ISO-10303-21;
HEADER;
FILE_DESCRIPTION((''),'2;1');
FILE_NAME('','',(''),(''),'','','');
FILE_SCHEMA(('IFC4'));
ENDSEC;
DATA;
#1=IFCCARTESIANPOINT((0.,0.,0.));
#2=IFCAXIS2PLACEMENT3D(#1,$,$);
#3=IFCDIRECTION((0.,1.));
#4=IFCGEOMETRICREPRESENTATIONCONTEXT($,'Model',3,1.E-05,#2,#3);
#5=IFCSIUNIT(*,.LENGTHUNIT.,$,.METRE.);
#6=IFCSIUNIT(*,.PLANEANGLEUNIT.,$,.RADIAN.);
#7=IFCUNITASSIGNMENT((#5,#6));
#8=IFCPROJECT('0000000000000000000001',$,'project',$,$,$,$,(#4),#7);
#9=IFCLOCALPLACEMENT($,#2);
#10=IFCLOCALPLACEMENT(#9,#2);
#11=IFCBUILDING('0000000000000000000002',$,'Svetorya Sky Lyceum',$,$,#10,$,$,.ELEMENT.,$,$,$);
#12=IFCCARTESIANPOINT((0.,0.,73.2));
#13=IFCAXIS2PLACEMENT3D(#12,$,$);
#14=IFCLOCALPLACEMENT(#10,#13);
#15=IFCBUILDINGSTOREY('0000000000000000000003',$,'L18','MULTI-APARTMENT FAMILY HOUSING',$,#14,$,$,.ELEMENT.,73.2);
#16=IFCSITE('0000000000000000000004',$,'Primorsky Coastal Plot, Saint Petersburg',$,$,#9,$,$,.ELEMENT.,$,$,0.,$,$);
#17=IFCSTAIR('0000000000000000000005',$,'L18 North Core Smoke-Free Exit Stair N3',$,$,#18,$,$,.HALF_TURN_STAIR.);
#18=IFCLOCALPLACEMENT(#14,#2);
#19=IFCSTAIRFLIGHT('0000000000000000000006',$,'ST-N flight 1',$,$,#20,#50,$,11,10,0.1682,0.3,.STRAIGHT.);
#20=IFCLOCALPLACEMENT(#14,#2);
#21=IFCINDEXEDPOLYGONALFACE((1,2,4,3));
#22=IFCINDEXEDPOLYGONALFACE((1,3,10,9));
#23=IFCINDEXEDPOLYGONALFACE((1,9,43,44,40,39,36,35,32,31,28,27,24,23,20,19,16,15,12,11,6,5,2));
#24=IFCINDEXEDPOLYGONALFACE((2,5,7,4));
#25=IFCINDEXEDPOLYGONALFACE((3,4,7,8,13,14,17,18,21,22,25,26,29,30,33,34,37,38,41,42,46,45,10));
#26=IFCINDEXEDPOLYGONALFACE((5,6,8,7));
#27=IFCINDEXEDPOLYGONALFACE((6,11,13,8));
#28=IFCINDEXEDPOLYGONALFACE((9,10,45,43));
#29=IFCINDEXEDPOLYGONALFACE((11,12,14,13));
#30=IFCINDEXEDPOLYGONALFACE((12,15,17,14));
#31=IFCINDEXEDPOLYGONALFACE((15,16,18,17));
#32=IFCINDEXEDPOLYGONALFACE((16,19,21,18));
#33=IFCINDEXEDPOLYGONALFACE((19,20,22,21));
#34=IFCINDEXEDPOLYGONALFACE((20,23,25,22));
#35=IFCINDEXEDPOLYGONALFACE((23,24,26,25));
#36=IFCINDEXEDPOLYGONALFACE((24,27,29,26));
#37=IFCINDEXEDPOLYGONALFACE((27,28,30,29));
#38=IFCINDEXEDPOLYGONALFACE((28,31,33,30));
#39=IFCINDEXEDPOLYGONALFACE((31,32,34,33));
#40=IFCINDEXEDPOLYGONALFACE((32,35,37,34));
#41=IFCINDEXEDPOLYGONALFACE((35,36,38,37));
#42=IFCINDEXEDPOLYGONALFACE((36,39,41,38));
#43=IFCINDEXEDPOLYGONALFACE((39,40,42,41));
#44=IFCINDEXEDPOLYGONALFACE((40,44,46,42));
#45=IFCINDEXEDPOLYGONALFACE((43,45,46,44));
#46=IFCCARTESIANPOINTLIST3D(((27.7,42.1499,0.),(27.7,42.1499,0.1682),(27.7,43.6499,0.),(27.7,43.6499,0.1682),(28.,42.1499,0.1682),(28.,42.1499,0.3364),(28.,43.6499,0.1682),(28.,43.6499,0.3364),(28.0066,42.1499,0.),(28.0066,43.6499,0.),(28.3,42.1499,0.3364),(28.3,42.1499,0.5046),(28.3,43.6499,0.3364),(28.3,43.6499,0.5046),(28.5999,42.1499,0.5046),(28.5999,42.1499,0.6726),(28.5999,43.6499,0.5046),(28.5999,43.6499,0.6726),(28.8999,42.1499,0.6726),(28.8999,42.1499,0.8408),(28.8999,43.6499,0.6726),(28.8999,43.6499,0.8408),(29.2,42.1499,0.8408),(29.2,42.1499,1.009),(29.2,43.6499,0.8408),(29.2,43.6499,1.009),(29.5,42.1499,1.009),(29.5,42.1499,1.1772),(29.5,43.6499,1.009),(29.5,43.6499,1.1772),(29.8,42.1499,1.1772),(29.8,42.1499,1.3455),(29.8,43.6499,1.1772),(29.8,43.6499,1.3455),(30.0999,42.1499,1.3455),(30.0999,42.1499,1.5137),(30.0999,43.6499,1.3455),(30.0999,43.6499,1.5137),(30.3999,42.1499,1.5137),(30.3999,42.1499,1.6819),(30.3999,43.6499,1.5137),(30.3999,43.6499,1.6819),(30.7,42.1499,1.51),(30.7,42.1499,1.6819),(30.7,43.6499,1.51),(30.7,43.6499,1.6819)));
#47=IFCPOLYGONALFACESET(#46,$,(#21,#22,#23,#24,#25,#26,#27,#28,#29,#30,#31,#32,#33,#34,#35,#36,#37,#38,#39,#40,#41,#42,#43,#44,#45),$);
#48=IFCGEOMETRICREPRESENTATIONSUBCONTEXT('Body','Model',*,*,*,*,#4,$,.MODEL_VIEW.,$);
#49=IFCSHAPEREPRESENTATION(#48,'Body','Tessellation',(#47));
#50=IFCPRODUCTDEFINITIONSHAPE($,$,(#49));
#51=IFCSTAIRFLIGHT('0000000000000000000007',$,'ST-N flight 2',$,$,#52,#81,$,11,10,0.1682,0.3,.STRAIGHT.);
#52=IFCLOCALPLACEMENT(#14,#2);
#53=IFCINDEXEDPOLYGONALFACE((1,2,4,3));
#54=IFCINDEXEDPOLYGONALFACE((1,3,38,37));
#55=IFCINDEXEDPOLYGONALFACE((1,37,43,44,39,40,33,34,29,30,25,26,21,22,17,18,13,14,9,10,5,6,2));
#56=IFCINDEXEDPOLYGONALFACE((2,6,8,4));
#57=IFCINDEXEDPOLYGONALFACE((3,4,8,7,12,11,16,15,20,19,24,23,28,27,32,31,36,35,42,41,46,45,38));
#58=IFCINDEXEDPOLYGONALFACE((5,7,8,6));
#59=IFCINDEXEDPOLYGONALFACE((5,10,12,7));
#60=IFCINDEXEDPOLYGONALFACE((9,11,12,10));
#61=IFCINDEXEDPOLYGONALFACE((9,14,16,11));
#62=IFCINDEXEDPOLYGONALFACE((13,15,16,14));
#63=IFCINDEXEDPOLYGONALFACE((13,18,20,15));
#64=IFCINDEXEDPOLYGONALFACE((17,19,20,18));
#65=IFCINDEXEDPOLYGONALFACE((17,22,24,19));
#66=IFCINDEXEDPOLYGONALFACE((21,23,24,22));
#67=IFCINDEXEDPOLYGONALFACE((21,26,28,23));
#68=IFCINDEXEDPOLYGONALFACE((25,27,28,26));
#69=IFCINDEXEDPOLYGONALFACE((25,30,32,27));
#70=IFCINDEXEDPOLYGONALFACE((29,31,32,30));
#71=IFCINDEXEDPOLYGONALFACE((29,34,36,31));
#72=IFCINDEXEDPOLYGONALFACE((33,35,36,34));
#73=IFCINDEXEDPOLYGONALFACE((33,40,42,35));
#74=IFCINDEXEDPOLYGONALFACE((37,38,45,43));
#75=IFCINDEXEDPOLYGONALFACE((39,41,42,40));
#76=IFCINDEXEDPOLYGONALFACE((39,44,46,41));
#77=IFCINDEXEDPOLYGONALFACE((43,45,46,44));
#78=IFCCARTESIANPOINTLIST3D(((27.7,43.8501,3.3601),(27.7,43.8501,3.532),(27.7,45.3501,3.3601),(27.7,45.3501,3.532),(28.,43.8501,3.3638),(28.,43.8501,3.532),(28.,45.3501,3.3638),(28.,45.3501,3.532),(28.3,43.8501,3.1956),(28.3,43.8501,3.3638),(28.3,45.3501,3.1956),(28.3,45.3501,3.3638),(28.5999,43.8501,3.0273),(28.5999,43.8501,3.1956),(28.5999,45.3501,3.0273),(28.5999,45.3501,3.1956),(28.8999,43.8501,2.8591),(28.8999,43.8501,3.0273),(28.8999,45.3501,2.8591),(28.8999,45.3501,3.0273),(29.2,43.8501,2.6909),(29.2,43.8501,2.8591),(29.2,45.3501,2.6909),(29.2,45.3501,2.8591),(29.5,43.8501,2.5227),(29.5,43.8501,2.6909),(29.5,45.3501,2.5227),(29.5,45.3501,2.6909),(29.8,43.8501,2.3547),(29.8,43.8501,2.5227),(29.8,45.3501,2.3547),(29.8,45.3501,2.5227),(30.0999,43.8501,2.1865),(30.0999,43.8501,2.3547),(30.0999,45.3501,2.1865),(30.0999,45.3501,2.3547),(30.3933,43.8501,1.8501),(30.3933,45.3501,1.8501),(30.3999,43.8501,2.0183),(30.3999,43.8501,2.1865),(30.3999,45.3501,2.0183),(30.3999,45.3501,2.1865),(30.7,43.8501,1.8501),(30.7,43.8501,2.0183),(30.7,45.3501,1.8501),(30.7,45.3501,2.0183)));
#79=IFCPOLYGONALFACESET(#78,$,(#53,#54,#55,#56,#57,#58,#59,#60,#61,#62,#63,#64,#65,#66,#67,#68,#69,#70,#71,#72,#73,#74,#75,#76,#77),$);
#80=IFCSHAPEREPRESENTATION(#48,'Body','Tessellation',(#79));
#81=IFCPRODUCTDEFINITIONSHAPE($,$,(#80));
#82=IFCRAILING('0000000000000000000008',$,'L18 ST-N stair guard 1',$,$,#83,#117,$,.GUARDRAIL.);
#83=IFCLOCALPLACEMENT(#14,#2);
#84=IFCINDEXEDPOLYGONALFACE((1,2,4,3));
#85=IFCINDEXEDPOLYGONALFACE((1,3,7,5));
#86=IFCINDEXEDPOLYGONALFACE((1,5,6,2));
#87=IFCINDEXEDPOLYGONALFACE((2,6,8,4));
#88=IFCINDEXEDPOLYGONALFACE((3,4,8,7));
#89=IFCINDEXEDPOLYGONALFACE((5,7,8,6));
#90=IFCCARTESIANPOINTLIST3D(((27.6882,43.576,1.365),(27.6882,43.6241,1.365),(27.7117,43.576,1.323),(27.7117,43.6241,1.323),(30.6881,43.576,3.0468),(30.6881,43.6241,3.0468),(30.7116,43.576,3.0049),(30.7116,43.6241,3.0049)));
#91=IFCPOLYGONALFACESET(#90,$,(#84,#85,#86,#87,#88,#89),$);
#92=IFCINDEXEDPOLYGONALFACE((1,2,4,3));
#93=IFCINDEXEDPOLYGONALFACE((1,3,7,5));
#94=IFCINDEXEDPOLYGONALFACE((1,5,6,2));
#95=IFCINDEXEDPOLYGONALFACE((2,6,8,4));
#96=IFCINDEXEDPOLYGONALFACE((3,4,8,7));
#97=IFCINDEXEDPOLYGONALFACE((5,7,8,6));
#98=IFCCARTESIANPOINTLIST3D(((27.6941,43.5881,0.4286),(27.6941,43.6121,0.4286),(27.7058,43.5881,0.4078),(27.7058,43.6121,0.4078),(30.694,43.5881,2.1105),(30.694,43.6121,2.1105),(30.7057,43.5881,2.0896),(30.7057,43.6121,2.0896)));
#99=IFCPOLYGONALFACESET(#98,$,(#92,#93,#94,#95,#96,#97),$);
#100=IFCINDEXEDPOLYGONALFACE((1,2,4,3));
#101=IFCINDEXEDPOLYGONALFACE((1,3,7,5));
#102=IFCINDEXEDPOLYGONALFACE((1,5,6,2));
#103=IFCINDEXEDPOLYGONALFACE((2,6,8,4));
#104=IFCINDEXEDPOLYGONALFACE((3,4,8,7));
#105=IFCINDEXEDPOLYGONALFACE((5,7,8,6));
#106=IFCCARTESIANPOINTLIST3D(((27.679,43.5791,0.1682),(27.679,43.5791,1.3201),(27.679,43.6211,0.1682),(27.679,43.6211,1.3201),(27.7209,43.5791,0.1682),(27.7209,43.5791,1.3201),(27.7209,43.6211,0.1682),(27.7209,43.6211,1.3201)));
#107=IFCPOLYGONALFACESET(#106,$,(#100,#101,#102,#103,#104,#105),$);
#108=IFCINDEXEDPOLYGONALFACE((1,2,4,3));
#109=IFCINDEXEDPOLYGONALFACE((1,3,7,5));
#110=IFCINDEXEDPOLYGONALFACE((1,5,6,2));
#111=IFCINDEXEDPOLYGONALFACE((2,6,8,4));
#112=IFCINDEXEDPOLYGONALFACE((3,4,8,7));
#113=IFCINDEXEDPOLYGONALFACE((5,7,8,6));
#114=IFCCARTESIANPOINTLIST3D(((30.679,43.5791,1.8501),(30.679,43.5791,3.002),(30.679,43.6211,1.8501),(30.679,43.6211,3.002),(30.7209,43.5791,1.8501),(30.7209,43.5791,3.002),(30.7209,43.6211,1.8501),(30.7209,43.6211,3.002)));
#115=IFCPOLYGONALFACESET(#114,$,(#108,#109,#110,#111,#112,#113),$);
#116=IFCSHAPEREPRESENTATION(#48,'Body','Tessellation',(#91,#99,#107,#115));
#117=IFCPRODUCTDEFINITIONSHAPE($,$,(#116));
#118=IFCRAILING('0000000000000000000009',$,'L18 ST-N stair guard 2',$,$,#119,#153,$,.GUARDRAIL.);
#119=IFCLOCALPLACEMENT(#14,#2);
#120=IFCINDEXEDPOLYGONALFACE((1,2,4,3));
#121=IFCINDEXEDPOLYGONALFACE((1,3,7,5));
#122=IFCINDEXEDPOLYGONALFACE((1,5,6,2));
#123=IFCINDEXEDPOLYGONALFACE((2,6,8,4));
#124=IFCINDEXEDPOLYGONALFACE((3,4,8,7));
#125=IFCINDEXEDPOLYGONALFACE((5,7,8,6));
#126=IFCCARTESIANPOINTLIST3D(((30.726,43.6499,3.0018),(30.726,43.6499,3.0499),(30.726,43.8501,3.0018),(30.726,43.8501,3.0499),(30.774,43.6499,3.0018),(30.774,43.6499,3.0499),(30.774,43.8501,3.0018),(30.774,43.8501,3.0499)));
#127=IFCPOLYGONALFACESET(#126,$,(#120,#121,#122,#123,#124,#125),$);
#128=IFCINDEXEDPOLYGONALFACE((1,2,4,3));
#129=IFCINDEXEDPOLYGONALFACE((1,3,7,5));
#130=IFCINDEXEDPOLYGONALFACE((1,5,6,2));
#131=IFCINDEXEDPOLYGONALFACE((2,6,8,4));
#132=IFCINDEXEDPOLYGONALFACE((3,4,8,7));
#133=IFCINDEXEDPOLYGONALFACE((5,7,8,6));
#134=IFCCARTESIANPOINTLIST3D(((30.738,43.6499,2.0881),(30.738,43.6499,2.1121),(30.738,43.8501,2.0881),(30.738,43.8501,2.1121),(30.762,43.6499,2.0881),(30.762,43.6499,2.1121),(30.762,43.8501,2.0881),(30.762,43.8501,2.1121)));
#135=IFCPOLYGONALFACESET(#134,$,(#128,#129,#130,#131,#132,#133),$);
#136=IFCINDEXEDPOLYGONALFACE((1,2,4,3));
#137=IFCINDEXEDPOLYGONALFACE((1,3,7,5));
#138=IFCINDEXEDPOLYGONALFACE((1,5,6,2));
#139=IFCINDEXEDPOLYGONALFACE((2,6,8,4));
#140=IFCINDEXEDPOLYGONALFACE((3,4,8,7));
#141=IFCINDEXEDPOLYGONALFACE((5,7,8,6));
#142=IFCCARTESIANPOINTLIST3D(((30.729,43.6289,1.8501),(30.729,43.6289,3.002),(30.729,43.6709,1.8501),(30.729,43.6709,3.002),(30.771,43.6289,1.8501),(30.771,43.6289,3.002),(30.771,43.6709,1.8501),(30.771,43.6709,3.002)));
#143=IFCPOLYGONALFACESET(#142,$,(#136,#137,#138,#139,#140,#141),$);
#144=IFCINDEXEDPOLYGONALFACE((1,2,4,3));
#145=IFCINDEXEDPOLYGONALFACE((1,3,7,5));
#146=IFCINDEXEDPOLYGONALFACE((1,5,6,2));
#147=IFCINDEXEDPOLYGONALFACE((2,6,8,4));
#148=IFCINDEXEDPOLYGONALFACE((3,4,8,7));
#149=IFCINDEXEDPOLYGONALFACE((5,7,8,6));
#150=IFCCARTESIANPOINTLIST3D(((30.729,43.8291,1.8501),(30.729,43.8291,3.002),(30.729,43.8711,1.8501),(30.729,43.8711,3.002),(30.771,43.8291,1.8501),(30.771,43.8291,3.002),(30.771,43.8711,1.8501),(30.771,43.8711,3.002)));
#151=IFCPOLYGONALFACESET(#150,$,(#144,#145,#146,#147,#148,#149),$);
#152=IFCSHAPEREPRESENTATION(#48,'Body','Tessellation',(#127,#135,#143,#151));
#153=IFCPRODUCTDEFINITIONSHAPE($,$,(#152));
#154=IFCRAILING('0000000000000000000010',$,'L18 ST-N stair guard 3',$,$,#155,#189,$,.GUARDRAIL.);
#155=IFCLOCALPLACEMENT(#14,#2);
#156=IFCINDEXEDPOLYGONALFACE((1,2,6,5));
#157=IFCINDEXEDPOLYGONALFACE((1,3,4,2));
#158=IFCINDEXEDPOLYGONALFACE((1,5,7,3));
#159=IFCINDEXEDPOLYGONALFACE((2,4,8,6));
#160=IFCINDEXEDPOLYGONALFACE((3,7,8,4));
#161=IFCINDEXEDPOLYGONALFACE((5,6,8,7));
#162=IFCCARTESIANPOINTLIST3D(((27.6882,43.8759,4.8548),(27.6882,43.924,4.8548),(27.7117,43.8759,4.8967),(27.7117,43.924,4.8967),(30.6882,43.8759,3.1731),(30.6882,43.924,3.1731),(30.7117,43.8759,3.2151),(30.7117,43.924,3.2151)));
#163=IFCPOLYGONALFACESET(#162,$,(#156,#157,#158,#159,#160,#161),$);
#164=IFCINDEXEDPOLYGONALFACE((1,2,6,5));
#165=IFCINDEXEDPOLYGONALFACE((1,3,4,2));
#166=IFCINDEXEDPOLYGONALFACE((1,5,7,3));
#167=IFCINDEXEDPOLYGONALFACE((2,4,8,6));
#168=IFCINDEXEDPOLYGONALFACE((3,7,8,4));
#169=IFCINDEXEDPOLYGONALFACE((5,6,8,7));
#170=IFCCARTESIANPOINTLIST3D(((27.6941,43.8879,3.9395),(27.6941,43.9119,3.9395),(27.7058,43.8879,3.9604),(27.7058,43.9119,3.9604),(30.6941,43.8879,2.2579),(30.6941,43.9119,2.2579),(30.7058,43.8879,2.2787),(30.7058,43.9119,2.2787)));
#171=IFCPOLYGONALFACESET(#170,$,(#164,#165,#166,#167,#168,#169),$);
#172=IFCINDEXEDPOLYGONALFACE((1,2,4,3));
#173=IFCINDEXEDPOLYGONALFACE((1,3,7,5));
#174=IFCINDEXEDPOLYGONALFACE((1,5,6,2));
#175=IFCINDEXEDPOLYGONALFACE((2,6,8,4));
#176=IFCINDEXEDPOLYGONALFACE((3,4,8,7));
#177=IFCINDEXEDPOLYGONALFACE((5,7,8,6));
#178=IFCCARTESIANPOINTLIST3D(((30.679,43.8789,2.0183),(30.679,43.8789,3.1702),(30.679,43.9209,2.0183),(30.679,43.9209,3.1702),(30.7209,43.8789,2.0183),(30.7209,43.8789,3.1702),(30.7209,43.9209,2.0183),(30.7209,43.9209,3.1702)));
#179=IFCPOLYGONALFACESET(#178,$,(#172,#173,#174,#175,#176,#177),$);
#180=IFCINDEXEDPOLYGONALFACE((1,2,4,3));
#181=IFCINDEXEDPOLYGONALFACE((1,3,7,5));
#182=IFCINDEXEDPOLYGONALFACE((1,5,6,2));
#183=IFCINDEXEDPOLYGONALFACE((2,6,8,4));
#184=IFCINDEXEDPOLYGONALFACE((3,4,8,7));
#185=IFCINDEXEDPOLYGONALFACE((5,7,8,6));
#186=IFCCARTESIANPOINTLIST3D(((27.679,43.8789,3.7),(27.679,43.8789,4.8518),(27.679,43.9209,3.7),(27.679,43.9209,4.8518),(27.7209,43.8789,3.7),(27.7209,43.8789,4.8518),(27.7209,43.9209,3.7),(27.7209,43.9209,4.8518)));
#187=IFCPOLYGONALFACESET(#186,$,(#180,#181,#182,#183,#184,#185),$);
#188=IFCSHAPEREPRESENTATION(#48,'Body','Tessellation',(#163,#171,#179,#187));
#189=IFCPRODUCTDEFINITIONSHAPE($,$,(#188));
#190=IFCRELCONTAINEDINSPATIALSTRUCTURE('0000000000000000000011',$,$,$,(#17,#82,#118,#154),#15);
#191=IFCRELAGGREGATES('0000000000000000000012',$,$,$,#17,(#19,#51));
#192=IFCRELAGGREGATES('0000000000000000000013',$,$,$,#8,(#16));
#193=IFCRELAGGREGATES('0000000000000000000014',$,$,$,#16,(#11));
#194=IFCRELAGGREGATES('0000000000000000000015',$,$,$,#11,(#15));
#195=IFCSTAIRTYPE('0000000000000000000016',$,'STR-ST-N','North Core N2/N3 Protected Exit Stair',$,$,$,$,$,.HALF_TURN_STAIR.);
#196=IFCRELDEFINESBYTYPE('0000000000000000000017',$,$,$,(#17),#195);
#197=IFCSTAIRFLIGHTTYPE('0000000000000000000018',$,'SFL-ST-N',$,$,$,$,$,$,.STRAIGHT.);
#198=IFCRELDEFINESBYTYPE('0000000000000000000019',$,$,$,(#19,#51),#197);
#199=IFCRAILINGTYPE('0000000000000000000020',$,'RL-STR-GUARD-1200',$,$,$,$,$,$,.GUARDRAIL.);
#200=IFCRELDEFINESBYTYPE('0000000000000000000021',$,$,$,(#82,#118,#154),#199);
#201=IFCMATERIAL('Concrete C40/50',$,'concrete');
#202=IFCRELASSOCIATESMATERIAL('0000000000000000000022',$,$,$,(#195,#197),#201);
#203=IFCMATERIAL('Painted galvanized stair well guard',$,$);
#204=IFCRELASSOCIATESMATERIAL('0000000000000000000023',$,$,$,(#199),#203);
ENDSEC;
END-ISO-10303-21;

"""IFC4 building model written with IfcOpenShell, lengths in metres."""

from ifc_helpers import new_model, si_unit, direction, frame, origin, origin_2d, place, context, subcontext, project, spatial, polyline, rectangle, outline, extrude, material, type_object, element, aggregate, save


model = new_model("IFC4")

# Units and contexts
model_context = context("Model", 3, precision=1e-05, world=origin(), true_north=direction((0.0, 1.0)))
body_context = subcontext(model_context, "Body", "Model", "MODEL_VIEW")
ifc_project = project(units=[si_unit("LENGTHUNIT", "METRE"), si_unit("PLANEANGLEUNIT", "RADIAN")], contexts=[model_context])

# Site, building, storey
site_placement = place(None, origin())
site = spatial("IfcSite", under=ifc_project, at=site_placement, Name="Primorsky Coastal Plot, Saint Petersburg", CompositionType="ELEMENT", RefElevation=0.0)
building_placement = place(site_placement, origin())
building = spatial("IfcBuilding", under=site, at=building_placement, Name="Svetorya Sky Lyceum", CompositionType="ELEMENT")
storey_placement = place(building_placement, frame((0.0, 0.0, 73.2)))
storey = spatial("IfcBuildingStorey", under=building, at=storey_placement, Name="L18", Description="MULTI-APARTMENT FAMILY HOUSING", CompositionType="ELEMENT", Elevation=73.2)

# Stair, stair flights
ifc_material_1 = material(Name="Concrete C40/50", Category="concrete")
stair_type = type_object("IfcStairType", Name="STR-ST-N", Description="North Core N2/N3 Protected Exit Stair", PredefinedType="HALF_TURN_STAIR", material=ifc_material_1)
stair_placement = place(storey_placement, origin())
stair = element("IfcStair", 1, at=stair_placement, inside=storey, type_object=stair_type, Name="L18 North Core Smoke-Free Exit Stair N3", PredefinedType="HALF_TURN_STAIR")
stair_flight_type = type_object("IfcStairFlightType", Name="SFL-ST-N", PredefinedType="STRAIGHT", material=ifc_material_1)
stair_flight_1_placement = place(storey_placement, frame((27.7, 42.8999, 0.0), z_axis=(0.0, 0.0, 1.0), x_axis=(1.0, 0.0, 0.0)))
stair_flight_1 = element("IfcStairFlight", 2, at=stair_flight_1_placement, type_object=stair_flight_type, Name="ST-N flight 1", NumberOfRisers=11, NumberOfTreads=10, PredefinedType="STRAIGHT", RiserHeight=0.1682, TreadLength=0.3, context=body_context, shape_type="SweptSolid", body=[
    extrude(outline(polyline([(0.0, 0.0), (0.0, 0.1682), (0.3, 0.1682), (0.3, 0.3364), (0.6001, 0.3364), (0.6001, 0.5046), (0.8999, 0.5046), (0.8999, 0.6726), (1.2, 0.6726), (1.2, 0.8408), (1.5, 0.8408), (1.5, 1.009), (1.8, 1.009), (1.8, 1.1772), (2.1001, 1.1772), (2.1001, 1.3455), (2.3999, 1.3455), (2.3999, 1.5137), (2.7, 1.5137), (2.7, 1.6819), (3.0, 1.6819), (3.0, 1.8501), (3.0, 1.51), (0.3066, 0.0), (0.0, 0.0)])), frame((0.0, 0.75, 0.0), z_axis=(0.0, -1.0, 0.0), x_axis=(1.0, 0.0, 0.0)), (0.0, 0.0, 1.0), 1.5),
])
stair_flight_2_placement = place(storey_placement, frame((30.7, 44.6001, 1.8501), z_axis=(0.0, 0.0, 1.0), x_axis=(-1.0, 0.0, 0.0)))
stair_flight_2 = element("IfcStairFlight", 3, at=stair_flight_2_placement, type_object=stair_flight_type, Name="ST-N flight 2", NumberOfRisers=11, NumberOfTreads=10, PredefinedType="STRAIGHT", RiserHeight=0.1682, TreadLength=0.3, context=body_context, shape_type="SweptSolid", body=[
    extrude(outline(polyline([(0.0, 0.0), (0.0, 0.1682), (0.3, 0.1682), (0.3, 0.3364), (0.6001, 0.3364), (0.6001, 0.5046), (0.8999, 0.5046), (0.8999, 0.6726), (1.2, 0.6726), (1.2, 0.8408), (1.5, 0.8408), (1.5, 1.009), (1.8, 1.009), (1.8, 1.1772), (2.1001, 1.1772), (2.1001, 1.3455), (2.3999, 1.3455), (2.3999, 1.5137), (2.7, 1.5137), (2.7, 1.6819), (3.0, 1.6819), (3.0, 1.8501), (3.0, 1.51), (0.3066, 0.0), (0.0, 0.0)])), frame((0.0, 0.75, 0.0), z_axis=(0.0, -1.0, 0.0), x_axis=(1.0, 0.0, 0.0)), (0.0, 0.0, 1.0), 1.5),
])
aggregate(stair, [stair_flight_1, stair_flight_2])

# Railings
ifc_material_2 = material(Name="Painted galvanized stair well guard")
railing_type_1 = type_object("IfcRailingType", Name="RL-STR-GUARD-1200", PredefinedType="GUARDRAIL", material=ifc_material_2)
railing_1_placement = place(storey_placement, frame((27.7, 43.6001, 0.1682)))
element("IfcRailing", 4, at=railing_1_placement, inside=storey, type_object=railing_type_1, Name="L18 ST-N stair guard 1", PredefinedType="GUARDRAIL", context=body_context, shape_type="SweptSolid", body=[
    extrude(rectangle(XDim=0.0481, YDim=0.0481, at=origin_2d()), frame((0.0, 0.0, 1.1758), z_axis=(0.872272, 0.0, 0.48902), x_axis=(0.0, 1.0, 0.0)), (0.0, 0.0, 1.0), 3.4392),
    extrude(rectangle(XDim=0.0239, YDim=0.0239, at=origin_2d()), frame((0.0, 0.0, 0.25), z_axis=(0.872272, 0.0, 0.48902), x_axis=(0.0, 1.0, 0.0)), (0.0, 0.0, 1.0), 3.4392),
    extrude(rectangle(XDim=0.042, YDim=0.042, at=origin_2d()), origin(), (0.0, 0.0, 1.0), 1.1519),
    extrude(rectangle(XDim=0.042, YDim=0.042, at=origin_2d()), frame((3.0, 0.0, 1.6819)), (0.0, 0.0, 1.0), 1.1519),
])
railing_2_placement = place(storey_placement, frame((30.75, 43.6499, 1.8501)))
element("IfcRailing", 5, at=railing_2_placement, inside=storey, type_object=railing_type_1, Name="L18 ST-N stair guard 2", PredefinedType="GUARDRAIL", context=body_context, shape_type="SweptSolid", body=[
    extrude(rectangle(XDim=0.0481, YDim=0.0481, at=origin_2d()), frame((0.0, 0.0, 1.1758), z_axis=(0.0, 1.0, 0.0), x_axis=(-1.0, 0.0, 0.0)), (0.0, 0.0, 1.0), 0.2002),
    extrude(rectangle(XDim=0.0239, YDim=0.0239, at=origin_2d()), frame((0.0, 0.0, 0.25), z_axis=(0.0, 1.0, 0.0), x_axis=(-1.0, 0.0, 0.0)), (0.0, 0.0, 1.0), 0.2002),
    extrude(rectangle(XDim=0.042, YDim=0.042, at=origin_2d()), origin(), (0.0, 0.0, 1.0), 1.1519),
    extrude(rectangle(XDim=0.042, YDim=0.042, at=origin_2d()), frame((0.0, 0.2002, 0.0)), (0.0, 0.0, 1.0), 1.1519),
])
railing_3_placement = place(storey_placement, frame((30.7, 43.8999, 2.0183)))
element("IfcRailing", 6, at=railing_3_placement, inside=storey, type_object=railing_type_1, Name="L18 ST-N stair guard 3", PredefinedType="GUARDRAIL", context=body_context, shape_type="SweptSolid", body=[
    extrude(rectangle(XDim=0.0481, YDim=0.0481, at=origin_2d()), frame((0.0, 0.0, 1.1758), z_axis=(-0.872303, 0.0, 0.488966), x_axis=(0.0, -1.0, 0.0)), (0.0, 0.0, 1.0), 3.4392),
    extrude(rectangle(XDim=0.0239, YDim=0.0239, at=origin_2d()), frame((0.0, 0.0, 0.25), z_axis=(-0.872303, 0.0, 0.488966), x_axis=(0.0, -1.0, 0.0)), (0.0, 0.0, 1.0), 3.4392),
    extrude(rectangle(XDim=0.042, YDim=0.042, at=origin_2d()), origin(), (0.0, 0.0, 1.0), 1.1519),
    extrude(rectangle(XDim=0.042, YDim=0.042, at=origin_2d()), frame((-3.0, 0.0, 1.6816)), (0.0, 0.0, 1.0), 1.1519),
])

save(model, "model.ifc")
